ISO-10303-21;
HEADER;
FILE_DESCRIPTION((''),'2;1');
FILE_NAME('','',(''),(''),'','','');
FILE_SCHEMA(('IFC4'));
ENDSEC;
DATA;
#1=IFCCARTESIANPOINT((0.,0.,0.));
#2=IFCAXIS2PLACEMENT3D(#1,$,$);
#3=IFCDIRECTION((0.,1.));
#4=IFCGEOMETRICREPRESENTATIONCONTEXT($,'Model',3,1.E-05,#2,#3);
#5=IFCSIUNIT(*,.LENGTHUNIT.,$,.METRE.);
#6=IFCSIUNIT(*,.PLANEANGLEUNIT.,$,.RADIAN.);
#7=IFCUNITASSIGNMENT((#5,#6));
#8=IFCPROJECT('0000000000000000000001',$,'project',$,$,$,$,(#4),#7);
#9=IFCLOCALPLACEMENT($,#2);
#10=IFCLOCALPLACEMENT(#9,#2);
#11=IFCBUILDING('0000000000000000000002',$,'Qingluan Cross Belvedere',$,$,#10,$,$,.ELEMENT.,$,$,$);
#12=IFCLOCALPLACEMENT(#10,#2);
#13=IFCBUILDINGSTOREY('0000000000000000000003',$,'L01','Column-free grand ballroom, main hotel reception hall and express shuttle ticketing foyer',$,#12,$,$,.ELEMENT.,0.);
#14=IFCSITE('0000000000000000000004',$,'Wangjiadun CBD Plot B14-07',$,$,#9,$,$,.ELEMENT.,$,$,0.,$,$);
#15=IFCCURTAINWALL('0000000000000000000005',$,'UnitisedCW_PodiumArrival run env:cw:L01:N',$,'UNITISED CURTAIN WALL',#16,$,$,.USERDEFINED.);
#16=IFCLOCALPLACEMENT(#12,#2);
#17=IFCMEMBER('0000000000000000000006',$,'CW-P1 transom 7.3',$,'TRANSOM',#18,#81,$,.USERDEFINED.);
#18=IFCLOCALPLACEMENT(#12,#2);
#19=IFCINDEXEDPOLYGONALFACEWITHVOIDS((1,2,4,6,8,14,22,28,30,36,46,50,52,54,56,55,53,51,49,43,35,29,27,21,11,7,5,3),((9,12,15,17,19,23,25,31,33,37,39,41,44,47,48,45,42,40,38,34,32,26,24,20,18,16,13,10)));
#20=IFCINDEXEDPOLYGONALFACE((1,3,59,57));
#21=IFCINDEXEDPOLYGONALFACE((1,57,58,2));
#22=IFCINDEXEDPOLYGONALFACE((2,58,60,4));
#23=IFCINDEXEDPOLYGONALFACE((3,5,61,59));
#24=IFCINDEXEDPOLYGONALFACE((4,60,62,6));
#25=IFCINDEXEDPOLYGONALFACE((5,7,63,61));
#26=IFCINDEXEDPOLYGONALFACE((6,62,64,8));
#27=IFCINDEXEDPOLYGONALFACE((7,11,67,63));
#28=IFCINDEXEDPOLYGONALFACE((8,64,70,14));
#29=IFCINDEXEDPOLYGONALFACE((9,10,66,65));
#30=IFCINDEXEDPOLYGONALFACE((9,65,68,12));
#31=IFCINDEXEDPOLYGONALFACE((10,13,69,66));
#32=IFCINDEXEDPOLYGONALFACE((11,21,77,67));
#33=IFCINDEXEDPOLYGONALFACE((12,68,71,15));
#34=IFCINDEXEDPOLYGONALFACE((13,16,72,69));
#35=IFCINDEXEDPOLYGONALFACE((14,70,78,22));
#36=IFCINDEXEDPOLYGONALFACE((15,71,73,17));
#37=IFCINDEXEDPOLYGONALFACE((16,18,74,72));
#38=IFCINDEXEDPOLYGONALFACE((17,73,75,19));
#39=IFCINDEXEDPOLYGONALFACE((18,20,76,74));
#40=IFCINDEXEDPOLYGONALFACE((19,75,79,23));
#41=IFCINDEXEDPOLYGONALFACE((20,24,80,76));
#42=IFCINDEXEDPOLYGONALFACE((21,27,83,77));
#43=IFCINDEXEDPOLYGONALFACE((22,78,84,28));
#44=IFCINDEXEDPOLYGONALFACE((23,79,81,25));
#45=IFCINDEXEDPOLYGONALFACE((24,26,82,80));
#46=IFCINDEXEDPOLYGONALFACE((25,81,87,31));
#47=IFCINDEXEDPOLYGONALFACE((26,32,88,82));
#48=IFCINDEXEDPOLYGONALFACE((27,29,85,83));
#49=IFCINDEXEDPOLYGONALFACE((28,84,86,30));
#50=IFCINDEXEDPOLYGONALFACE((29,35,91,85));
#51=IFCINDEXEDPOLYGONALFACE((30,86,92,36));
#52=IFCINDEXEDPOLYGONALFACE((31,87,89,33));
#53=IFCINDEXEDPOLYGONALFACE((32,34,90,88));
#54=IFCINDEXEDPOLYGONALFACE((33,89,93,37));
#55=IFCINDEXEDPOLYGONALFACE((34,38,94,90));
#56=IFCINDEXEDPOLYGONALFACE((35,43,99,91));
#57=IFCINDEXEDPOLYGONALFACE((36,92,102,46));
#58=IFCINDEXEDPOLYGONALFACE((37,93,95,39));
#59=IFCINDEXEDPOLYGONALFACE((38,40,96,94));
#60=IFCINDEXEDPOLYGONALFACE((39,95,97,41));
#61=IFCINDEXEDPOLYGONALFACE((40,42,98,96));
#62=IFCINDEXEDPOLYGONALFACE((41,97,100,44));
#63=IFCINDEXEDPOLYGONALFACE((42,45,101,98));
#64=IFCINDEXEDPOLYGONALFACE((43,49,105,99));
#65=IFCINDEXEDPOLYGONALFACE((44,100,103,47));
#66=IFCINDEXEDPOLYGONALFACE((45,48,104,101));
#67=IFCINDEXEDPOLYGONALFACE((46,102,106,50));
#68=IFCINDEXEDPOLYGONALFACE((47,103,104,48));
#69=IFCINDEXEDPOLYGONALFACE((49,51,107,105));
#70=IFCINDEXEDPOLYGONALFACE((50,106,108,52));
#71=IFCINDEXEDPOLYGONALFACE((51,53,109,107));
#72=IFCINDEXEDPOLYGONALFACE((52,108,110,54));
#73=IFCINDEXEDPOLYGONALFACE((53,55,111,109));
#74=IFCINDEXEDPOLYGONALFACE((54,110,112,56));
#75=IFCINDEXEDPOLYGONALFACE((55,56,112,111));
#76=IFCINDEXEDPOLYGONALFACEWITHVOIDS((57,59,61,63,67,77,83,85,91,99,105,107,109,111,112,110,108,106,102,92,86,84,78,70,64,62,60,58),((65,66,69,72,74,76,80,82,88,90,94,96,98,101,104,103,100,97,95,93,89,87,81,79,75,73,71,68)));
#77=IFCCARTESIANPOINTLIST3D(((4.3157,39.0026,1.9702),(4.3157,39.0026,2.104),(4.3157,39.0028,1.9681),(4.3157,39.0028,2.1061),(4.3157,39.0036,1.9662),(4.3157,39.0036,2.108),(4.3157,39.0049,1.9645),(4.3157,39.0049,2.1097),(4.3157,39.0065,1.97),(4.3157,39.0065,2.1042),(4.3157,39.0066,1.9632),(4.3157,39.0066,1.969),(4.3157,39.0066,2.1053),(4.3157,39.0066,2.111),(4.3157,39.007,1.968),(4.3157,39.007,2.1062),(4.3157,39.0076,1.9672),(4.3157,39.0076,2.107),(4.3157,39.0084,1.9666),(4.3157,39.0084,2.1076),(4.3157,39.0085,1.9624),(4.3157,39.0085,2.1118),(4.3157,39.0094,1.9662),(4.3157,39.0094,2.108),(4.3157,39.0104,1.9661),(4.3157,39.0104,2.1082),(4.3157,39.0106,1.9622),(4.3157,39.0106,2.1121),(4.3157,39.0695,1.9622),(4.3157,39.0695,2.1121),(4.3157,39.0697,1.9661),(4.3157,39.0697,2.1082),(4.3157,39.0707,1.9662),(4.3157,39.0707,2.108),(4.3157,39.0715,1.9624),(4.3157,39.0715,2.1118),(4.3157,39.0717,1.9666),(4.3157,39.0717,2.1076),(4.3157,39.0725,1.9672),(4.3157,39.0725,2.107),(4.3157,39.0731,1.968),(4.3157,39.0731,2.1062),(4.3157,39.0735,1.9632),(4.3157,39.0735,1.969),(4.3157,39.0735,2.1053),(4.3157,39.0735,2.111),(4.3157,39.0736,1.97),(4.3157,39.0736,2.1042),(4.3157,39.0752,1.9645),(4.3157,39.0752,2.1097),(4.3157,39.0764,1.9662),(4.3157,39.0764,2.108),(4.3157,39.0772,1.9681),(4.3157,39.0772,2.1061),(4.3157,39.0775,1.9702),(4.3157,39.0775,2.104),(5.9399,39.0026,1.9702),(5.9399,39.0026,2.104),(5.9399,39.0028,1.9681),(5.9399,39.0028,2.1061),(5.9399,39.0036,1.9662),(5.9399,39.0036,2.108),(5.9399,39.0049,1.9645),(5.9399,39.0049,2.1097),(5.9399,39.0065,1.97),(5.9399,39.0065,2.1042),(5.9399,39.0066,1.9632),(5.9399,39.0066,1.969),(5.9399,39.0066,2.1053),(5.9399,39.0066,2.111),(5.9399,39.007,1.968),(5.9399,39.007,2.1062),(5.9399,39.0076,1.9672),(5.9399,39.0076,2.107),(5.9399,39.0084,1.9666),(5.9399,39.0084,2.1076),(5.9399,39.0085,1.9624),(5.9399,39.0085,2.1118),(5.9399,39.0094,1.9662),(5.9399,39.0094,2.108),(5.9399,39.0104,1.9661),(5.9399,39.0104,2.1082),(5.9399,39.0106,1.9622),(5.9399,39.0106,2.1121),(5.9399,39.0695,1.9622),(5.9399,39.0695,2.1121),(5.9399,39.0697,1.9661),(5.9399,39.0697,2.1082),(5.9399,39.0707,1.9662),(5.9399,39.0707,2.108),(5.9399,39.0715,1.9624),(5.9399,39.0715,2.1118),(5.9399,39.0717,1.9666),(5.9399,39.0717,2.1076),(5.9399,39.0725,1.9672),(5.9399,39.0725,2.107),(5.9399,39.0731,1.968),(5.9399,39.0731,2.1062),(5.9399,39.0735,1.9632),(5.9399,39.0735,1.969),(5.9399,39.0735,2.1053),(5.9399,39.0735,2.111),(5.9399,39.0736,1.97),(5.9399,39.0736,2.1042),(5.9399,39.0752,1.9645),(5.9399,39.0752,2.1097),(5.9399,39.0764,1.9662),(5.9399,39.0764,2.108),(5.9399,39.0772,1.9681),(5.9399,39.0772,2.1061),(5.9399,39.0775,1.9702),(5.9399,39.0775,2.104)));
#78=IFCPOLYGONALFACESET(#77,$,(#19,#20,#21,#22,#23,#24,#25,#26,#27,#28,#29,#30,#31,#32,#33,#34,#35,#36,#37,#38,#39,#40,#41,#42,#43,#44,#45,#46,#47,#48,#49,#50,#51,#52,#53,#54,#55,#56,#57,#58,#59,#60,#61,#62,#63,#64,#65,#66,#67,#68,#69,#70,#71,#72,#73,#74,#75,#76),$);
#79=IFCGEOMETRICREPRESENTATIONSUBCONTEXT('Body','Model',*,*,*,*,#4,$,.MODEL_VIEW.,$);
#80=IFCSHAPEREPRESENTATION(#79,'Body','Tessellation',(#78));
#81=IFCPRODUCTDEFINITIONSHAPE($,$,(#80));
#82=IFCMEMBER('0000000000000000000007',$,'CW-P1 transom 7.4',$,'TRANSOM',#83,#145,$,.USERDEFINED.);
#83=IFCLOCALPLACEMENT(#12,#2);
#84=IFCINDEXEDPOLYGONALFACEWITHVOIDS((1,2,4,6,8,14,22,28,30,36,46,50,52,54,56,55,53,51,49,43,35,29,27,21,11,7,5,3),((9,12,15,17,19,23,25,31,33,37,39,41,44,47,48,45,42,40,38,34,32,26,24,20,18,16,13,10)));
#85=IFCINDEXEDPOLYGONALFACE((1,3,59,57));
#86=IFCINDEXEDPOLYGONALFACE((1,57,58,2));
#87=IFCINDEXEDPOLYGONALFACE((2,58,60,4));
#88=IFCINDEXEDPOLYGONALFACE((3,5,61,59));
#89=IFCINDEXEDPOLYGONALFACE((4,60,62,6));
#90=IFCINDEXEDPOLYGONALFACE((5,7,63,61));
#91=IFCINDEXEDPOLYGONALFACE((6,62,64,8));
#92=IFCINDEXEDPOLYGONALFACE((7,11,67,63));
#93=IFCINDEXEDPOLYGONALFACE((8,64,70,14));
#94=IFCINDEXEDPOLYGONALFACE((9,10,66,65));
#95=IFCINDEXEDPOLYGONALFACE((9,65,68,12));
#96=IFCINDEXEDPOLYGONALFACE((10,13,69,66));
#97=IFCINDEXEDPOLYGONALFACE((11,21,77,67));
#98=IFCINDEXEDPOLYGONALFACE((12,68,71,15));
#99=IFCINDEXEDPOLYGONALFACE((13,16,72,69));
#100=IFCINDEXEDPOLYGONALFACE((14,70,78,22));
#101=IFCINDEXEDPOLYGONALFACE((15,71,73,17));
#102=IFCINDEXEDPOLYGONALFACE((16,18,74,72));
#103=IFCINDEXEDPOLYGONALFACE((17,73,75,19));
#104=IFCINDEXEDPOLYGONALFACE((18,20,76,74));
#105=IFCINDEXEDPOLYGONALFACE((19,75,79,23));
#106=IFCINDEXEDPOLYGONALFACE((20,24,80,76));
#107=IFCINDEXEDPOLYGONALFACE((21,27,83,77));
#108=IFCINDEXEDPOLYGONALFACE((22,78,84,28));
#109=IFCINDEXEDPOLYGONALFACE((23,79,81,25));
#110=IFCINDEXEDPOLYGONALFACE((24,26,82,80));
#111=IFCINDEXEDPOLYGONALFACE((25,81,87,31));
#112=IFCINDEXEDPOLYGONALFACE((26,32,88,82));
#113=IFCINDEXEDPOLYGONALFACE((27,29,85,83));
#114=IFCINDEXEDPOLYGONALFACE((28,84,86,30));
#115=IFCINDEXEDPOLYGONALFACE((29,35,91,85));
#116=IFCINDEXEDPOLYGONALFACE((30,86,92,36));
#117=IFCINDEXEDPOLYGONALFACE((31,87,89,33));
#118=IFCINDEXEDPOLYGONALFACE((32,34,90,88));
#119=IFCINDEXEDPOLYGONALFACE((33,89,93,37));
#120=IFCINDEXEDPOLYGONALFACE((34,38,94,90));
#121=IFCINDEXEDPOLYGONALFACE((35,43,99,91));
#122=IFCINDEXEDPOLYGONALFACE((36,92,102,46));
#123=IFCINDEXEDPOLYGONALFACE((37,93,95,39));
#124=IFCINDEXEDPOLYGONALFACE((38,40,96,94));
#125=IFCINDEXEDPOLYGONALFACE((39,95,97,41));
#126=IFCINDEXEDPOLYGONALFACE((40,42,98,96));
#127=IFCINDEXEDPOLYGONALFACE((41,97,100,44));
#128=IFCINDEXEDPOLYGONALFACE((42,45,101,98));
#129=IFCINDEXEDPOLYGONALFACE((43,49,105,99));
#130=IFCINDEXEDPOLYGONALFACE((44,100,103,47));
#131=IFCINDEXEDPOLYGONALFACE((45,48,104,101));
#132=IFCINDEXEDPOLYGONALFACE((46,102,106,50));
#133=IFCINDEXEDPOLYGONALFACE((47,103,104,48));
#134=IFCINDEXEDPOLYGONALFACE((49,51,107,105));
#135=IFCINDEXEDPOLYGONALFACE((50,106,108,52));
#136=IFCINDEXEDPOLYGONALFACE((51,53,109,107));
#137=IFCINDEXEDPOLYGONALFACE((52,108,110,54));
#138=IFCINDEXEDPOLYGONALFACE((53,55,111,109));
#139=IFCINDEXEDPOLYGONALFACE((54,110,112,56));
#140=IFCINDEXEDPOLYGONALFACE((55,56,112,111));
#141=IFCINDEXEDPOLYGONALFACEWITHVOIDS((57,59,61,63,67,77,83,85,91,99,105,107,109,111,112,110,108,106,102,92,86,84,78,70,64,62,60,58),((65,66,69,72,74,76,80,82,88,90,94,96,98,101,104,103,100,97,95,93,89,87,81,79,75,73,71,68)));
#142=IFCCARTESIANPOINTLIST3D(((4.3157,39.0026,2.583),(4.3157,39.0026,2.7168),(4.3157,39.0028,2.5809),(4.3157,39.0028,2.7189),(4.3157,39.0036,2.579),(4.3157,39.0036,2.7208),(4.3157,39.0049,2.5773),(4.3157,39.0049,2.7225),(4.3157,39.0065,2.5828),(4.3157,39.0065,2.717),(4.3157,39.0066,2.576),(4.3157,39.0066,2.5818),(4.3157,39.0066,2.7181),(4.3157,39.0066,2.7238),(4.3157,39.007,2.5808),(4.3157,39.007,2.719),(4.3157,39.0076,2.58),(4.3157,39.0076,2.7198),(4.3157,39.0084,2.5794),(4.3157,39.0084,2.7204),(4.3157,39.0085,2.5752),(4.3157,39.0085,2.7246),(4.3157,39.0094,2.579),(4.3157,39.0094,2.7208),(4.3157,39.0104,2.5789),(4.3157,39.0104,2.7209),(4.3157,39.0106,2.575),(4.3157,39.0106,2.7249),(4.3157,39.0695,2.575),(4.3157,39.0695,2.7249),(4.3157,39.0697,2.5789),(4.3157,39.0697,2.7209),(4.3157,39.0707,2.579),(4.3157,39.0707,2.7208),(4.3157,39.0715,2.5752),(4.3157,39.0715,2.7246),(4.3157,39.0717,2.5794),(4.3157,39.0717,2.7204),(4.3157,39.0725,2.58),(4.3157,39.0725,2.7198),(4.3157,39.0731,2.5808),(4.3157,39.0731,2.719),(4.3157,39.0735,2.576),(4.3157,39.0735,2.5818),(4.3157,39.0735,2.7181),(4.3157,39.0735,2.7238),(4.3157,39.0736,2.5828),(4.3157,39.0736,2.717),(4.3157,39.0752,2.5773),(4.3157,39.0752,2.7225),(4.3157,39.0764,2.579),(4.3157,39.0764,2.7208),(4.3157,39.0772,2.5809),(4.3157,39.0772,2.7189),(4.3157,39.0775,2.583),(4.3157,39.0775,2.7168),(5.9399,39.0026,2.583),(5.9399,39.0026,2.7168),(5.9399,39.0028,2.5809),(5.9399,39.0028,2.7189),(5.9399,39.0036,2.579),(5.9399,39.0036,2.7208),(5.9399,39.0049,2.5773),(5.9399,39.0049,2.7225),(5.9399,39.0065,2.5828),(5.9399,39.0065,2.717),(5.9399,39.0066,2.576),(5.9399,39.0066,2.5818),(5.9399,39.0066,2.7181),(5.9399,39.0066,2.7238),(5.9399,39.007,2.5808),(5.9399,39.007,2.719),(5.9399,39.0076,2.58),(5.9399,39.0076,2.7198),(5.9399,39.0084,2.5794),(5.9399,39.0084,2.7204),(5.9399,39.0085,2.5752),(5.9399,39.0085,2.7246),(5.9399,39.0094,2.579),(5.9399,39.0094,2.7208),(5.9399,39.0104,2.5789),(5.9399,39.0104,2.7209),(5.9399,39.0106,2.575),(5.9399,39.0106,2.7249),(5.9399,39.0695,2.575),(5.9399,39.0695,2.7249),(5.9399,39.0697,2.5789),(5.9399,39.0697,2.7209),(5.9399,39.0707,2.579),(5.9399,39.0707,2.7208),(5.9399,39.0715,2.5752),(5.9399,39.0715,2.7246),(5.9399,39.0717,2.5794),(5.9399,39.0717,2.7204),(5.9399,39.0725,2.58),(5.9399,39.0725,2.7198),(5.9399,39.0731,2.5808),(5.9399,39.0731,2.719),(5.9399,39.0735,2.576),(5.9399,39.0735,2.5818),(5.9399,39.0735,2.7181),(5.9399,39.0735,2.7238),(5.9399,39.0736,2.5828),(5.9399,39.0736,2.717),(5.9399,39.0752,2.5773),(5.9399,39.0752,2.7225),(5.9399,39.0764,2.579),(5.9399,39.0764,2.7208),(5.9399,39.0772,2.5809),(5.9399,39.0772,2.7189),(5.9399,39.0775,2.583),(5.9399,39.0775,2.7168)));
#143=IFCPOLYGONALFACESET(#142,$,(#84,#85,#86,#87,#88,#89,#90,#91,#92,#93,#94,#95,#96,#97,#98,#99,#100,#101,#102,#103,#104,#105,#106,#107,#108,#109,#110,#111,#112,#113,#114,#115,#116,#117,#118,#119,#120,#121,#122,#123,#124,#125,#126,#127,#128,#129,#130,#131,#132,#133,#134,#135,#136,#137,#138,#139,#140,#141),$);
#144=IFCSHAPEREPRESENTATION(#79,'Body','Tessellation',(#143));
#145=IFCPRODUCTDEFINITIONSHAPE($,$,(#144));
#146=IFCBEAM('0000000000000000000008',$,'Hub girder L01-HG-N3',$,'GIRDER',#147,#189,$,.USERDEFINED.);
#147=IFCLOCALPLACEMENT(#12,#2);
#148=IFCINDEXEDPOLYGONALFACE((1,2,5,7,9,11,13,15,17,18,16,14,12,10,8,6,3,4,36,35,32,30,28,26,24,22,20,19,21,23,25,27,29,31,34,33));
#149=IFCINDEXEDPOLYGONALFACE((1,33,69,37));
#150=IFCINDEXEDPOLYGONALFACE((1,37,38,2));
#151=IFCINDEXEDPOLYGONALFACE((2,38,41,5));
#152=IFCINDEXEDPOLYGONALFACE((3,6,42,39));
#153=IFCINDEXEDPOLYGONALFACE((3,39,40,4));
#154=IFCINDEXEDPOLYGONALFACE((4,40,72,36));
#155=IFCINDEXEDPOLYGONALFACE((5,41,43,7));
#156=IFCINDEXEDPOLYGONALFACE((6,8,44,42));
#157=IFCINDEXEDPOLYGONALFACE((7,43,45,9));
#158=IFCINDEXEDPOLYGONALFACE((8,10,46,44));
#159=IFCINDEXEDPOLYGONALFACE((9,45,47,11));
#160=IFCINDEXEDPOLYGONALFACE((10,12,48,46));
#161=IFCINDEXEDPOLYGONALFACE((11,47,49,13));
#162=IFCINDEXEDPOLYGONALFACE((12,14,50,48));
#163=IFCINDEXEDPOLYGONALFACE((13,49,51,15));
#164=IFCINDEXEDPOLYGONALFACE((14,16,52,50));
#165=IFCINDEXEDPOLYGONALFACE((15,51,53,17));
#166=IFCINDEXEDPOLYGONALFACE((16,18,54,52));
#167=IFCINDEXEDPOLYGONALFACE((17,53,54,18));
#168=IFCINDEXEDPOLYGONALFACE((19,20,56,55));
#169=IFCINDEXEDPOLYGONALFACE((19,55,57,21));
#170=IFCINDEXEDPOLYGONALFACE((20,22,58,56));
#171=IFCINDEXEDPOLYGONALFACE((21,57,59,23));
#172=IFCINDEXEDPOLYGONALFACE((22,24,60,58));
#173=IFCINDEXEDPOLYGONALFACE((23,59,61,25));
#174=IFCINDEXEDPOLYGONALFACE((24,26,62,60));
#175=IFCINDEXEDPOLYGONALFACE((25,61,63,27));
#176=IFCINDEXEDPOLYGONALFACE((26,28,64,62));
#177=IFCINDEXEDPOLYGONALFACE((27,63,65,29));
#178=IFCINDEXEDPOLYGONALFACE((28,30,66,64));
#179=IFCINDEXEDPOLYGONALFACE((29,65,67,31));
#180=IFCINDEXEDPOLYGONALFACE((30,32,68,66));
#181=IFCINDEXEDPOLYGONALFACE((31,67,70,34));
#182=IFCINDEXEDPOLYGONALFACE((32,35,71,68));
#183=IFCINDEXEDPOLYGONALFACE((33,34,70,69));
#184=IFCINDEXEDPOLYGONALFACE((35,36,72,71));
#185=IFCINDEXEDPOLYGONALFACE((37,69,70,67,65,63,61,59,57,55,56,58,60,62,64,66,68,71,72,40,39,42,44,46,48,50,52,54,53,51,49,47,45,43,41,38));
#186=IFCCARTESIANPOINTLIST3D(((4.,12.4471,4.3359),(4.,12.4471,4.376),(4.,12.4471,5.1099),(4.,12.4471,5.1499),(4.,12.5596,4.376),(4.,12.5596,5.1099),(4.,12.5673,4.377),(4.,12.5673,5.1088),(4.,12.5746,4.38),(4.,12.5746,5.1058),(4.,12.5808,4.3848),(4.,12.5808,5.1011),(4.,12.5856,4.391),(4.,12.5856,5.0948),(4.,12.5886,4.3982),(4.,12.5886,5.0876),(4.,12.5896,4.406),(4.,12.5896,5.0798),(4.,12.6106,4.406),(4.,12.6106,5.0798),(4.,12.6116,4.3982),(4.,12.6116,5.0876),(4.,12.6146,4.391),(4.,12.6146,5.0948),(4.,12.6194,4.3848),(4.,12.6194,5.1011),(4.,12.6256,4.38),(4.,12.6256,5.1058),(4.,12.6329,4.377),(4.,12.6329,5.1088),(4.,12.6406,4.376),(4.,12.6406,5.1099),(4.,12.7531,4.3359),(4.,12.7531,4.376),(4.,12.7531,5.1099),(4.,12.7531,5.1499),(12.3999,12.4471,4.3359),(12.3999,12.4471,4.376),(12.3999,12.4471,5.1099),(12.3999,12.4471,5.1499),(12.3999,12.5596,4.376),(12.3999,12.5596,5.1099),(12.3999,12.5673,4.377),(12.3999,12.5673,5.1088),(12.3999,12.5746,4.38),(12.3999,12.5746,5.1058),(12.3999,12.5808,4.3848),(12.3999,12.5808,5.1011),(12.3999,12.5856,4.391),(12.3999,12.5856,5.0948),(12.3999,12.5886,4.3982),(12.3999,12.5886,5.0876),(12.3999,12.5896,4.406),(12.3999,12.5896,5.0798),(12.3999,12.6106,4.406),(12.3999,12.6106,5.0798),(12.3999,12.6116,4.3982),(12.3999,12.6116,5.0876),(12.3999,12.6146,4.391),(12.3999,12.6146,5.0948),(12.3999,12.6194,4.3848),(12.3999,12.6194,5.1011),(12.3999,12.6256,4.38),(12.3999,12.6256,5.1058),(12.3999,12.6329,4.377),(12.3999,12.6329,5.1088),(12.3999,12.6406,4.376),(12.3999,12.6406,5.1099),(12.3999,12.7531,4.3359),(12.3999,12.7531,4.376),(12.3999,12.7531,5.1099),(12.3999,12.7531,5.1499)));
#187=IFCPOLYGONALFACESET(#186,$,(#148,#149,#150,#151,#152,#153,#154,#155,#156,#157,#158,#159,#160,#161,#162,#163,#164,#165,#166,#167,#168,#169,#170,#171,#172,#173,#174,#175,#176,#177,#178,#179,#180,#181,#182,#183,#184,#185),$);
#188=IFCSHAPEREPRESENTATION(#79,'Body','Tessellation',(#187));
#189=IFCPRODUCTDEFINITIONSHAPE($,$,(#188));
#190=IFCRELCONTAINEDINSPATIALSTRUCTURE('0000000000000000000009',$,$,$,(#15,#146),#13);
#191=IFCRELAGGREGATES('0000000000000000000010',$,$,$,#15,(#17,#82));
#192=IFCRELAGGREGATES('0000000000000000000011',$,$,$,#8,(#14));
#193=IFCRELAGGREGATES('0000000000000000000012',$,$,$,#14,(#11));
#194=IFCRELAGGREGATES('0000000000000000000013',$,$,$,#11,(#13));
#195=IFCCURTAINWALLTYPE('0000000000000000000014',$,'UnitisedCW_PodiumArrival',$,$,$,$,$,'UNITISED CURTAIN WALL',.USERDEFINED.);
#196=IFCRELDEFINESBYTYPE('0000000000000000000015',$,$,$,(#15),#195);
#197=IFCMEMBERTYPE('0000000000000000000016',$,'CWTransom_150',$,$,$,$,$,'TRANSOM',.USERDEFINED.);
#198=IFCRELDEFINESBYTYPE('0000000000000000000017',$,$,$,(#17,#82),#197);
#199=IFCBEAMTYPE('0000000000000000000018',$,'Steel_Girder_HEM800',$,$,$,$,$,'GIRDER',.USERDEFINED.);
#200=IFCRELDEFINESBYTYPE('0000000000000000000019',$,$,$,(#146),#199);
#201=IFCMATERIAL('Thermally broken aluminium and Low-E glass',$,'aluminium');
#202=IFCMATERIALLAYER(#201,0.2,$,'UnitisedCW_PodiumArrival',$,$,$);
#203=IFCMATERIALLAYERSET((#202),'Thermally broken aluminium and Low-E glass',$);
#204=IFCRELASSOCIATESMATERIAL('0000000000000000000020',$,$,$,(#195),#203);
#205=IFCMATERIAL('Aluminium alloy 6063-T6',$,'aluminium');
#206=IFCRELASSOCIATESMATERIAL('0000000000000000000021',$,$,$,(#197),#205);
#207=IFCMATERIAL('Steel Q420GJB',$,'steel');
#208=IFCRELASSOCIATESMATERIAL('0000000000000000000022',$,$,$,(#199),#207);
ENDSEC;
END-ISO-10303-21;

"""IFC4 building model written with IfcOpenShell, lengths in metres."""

from ifc_helpers import new_model, si_unit, direction, frame, origin, origin_2d, place, context, subcontext, project, spatial, hollow_rectangle, i_section, extrude, material, layer, layer_set, material_profile, profile_set, type_object, element, aggregate, save


model = new_model("IFC4")

# Units and contexts
model_context = context("Model", 3, precision=1e-05, world=origin(), true_north=direction((0.0, 1.0)))
body_context = subcontext(model_context, "Body", "Model", "MODEL_VIEW")
ifc_project = project(units=[si_unit("LENGTHUNIT", "METRE"), si_unit("PLANEANGLEUNIT", "RADIAN")], contexts=[model_context])

# Site, building, storey
site_placement = place(None, origin())
site = spatial("IfcSite", under=ifc_project, at=site_placement, Name="Wangjiadun CBD Plot B14-07", CompositionType="ELEMENT", RefElevation=0.0)
building_placement = place(site_placement, origin())
building = spatial("IfcBuilding", under=site, at=building_placement, Name="Qingluan Cross Belvedere", CompositionType="ELEMENT")
storey_placement = place(building_placement, origin())
storey = spatial("IfcBuildingStorey", under=building, at=storey_placement, Name="L01", Description="Column-free grand ballroom, main hotel reception hall and express shuttle ticketing foyer", CompositionType="ELEMENT", Elevation=0.0)

# Curtain wall, members
ifc_material_1 = material(Name="Thermally broken aluminium and Low-E glass", Category="aluminium")
ifc_layer_1 = layer(ifc_material_1, 0.2, Name="UnitisedCW_PodiumArrival")
ifc_layer_set_1 = layer_set([ifc_layer_1], Name="Thermally broken aluminium and Low-E glass")
curtain_wall_type = type_object("IfcCurtainWallType", Name="UnitisedCW_PodiumArrival", ElementType="UNITISED CURTAIN WALL", PredefinedType="USERDEFINED", material=ifc_layer_set_1)
curtain_wall_placement = place(storey_placement, origin())
curtain_wall = element("IfcCurtainWall", 1, at=curtain_wall_placement, inside=storey, type_object=curtain_wall_type, Name="UnitisedCW_PodiumArrival run env:cw:L01:N", ObjectType="UNITISED CURTAIN WALL", PredefinedType="USERDEFINED")
ifc_material_2 = material(Name="Aluminium alloy 6063-T6", Category="aluminium")
ifc_material_profile_1 = material_profile(ifc_material_2, hollow_rectangle(XDim=0.075, YDim=0.1499, WallThickness=0.0039, InnerFilletRadius=0.0039, OuterFilletRadius=0.0081, at=origin_2d()), Name="CWT150x75x4")
ifc_profile_set_1 = profile_set([ifc_material_profile_1], Name="Aluminium alloy 6063-T6")
member_type_1 = type_object("IfcMemberType", Name="CWTransom_150", ElementType="TRANSOM", PredefinedType="USERDEFINED", material=ifc_profile_set_1)
member_1_placement = place(storey_placement, frame((4.3157, 39.04, 2.0371), z_axis=(1.0, 0.0, 0.0), x_axis=(0.0, 1.0, 0.0)))
member_1 = element("IfcMember", 2, at=member_1_placement, type_object=member_type_1, Name="CW-P1 transom 7.3", ObjectType="TRANSOM", PredefinedType="USERDEFINED", context=body_context, shape_type="SweptSolid", body=[
    extrude(hollow_rectangle(XDim=0.075, YDim=0.1499, WallThickness=0.0039, InnerFilletRadius=0.0039, OuterFilletRadius=0.0081, at=origin_2d()), origin(), (0.0, 0.0, 1.0), 1.6243),
])
member_2_placement = place(storey_placement, frame((4.3157, 39.04, 2.6499), z_axis=(1.0, 0.0, 0.0), x_axis=(0.0, 1.0, 0.0)))
member_2 = element("IfcMember", 3, at=member_2_placement, type_object=member_type_1, Name="CW-P1 transom 7.4", ObjectType="TRANSOM", PredefinedType="USERDEFINED", context=body_context, shape_type="SweptSolid", body=[
    extrude(hollow_rectangle(XDim=0.075, YDim=0.1499, WallThickness=0.0039, InnerFilletRadius=0.0039, OuterFilletRadius=0.0081, at=origin_2d()), origin(), (0.0, 0.0, 1.0), 1.6243),
])

# Beam
ifc_material_3 = material(Name="Steel Q420GJB", Category="steel")
ifc_material_profile_2 = material_profile(ifc_material_3, i_section(OverallWidth=0.3059, OverallDepth=0.814, WebThickness=0.021, FlangeThickness=0.04, FilletRadius=0.03, at=origin_2d()), Name="HEM800")
ifc_profile_set_2 = profile_set([ifc_material_profile_2], Name="Steel Q420GJB")
beam_type = type_object("IfcBeamType", Name="Steel_Girder_HEM800", ElementType="GIRDER", PredefinedType="USERDEFINED", material=ifc_profile_set_2)
beam_placement = place(storey_placement, frame((4.0, 12.6001, 4.7429), z_axis=(1.0, 0.0, 0.0), x_axis=(0.0, 1.0, 0.0)))
element("IfcBeam", 4, at=beam_placement, inside=storey, type_object=beam_type, Name="Hub girder L01-HG-N3", ObjectType="GIRDER", PredefinedType="USERDEFINED", context=body_context, shape_type="SweptSolid", body=[
    extrude(i_section(OverallWidth=0.3059, OverallDepth=0.814, WebThickness=0.021, FlangeThickness=0.04, FilletRadius=0.03, at=origin_2d()), origin(), (0.0, 0.0, 1.0), 8.3999),
])

aggregate(curtain_wall, [member_1, member_2])

save(model, "model.ifc")
